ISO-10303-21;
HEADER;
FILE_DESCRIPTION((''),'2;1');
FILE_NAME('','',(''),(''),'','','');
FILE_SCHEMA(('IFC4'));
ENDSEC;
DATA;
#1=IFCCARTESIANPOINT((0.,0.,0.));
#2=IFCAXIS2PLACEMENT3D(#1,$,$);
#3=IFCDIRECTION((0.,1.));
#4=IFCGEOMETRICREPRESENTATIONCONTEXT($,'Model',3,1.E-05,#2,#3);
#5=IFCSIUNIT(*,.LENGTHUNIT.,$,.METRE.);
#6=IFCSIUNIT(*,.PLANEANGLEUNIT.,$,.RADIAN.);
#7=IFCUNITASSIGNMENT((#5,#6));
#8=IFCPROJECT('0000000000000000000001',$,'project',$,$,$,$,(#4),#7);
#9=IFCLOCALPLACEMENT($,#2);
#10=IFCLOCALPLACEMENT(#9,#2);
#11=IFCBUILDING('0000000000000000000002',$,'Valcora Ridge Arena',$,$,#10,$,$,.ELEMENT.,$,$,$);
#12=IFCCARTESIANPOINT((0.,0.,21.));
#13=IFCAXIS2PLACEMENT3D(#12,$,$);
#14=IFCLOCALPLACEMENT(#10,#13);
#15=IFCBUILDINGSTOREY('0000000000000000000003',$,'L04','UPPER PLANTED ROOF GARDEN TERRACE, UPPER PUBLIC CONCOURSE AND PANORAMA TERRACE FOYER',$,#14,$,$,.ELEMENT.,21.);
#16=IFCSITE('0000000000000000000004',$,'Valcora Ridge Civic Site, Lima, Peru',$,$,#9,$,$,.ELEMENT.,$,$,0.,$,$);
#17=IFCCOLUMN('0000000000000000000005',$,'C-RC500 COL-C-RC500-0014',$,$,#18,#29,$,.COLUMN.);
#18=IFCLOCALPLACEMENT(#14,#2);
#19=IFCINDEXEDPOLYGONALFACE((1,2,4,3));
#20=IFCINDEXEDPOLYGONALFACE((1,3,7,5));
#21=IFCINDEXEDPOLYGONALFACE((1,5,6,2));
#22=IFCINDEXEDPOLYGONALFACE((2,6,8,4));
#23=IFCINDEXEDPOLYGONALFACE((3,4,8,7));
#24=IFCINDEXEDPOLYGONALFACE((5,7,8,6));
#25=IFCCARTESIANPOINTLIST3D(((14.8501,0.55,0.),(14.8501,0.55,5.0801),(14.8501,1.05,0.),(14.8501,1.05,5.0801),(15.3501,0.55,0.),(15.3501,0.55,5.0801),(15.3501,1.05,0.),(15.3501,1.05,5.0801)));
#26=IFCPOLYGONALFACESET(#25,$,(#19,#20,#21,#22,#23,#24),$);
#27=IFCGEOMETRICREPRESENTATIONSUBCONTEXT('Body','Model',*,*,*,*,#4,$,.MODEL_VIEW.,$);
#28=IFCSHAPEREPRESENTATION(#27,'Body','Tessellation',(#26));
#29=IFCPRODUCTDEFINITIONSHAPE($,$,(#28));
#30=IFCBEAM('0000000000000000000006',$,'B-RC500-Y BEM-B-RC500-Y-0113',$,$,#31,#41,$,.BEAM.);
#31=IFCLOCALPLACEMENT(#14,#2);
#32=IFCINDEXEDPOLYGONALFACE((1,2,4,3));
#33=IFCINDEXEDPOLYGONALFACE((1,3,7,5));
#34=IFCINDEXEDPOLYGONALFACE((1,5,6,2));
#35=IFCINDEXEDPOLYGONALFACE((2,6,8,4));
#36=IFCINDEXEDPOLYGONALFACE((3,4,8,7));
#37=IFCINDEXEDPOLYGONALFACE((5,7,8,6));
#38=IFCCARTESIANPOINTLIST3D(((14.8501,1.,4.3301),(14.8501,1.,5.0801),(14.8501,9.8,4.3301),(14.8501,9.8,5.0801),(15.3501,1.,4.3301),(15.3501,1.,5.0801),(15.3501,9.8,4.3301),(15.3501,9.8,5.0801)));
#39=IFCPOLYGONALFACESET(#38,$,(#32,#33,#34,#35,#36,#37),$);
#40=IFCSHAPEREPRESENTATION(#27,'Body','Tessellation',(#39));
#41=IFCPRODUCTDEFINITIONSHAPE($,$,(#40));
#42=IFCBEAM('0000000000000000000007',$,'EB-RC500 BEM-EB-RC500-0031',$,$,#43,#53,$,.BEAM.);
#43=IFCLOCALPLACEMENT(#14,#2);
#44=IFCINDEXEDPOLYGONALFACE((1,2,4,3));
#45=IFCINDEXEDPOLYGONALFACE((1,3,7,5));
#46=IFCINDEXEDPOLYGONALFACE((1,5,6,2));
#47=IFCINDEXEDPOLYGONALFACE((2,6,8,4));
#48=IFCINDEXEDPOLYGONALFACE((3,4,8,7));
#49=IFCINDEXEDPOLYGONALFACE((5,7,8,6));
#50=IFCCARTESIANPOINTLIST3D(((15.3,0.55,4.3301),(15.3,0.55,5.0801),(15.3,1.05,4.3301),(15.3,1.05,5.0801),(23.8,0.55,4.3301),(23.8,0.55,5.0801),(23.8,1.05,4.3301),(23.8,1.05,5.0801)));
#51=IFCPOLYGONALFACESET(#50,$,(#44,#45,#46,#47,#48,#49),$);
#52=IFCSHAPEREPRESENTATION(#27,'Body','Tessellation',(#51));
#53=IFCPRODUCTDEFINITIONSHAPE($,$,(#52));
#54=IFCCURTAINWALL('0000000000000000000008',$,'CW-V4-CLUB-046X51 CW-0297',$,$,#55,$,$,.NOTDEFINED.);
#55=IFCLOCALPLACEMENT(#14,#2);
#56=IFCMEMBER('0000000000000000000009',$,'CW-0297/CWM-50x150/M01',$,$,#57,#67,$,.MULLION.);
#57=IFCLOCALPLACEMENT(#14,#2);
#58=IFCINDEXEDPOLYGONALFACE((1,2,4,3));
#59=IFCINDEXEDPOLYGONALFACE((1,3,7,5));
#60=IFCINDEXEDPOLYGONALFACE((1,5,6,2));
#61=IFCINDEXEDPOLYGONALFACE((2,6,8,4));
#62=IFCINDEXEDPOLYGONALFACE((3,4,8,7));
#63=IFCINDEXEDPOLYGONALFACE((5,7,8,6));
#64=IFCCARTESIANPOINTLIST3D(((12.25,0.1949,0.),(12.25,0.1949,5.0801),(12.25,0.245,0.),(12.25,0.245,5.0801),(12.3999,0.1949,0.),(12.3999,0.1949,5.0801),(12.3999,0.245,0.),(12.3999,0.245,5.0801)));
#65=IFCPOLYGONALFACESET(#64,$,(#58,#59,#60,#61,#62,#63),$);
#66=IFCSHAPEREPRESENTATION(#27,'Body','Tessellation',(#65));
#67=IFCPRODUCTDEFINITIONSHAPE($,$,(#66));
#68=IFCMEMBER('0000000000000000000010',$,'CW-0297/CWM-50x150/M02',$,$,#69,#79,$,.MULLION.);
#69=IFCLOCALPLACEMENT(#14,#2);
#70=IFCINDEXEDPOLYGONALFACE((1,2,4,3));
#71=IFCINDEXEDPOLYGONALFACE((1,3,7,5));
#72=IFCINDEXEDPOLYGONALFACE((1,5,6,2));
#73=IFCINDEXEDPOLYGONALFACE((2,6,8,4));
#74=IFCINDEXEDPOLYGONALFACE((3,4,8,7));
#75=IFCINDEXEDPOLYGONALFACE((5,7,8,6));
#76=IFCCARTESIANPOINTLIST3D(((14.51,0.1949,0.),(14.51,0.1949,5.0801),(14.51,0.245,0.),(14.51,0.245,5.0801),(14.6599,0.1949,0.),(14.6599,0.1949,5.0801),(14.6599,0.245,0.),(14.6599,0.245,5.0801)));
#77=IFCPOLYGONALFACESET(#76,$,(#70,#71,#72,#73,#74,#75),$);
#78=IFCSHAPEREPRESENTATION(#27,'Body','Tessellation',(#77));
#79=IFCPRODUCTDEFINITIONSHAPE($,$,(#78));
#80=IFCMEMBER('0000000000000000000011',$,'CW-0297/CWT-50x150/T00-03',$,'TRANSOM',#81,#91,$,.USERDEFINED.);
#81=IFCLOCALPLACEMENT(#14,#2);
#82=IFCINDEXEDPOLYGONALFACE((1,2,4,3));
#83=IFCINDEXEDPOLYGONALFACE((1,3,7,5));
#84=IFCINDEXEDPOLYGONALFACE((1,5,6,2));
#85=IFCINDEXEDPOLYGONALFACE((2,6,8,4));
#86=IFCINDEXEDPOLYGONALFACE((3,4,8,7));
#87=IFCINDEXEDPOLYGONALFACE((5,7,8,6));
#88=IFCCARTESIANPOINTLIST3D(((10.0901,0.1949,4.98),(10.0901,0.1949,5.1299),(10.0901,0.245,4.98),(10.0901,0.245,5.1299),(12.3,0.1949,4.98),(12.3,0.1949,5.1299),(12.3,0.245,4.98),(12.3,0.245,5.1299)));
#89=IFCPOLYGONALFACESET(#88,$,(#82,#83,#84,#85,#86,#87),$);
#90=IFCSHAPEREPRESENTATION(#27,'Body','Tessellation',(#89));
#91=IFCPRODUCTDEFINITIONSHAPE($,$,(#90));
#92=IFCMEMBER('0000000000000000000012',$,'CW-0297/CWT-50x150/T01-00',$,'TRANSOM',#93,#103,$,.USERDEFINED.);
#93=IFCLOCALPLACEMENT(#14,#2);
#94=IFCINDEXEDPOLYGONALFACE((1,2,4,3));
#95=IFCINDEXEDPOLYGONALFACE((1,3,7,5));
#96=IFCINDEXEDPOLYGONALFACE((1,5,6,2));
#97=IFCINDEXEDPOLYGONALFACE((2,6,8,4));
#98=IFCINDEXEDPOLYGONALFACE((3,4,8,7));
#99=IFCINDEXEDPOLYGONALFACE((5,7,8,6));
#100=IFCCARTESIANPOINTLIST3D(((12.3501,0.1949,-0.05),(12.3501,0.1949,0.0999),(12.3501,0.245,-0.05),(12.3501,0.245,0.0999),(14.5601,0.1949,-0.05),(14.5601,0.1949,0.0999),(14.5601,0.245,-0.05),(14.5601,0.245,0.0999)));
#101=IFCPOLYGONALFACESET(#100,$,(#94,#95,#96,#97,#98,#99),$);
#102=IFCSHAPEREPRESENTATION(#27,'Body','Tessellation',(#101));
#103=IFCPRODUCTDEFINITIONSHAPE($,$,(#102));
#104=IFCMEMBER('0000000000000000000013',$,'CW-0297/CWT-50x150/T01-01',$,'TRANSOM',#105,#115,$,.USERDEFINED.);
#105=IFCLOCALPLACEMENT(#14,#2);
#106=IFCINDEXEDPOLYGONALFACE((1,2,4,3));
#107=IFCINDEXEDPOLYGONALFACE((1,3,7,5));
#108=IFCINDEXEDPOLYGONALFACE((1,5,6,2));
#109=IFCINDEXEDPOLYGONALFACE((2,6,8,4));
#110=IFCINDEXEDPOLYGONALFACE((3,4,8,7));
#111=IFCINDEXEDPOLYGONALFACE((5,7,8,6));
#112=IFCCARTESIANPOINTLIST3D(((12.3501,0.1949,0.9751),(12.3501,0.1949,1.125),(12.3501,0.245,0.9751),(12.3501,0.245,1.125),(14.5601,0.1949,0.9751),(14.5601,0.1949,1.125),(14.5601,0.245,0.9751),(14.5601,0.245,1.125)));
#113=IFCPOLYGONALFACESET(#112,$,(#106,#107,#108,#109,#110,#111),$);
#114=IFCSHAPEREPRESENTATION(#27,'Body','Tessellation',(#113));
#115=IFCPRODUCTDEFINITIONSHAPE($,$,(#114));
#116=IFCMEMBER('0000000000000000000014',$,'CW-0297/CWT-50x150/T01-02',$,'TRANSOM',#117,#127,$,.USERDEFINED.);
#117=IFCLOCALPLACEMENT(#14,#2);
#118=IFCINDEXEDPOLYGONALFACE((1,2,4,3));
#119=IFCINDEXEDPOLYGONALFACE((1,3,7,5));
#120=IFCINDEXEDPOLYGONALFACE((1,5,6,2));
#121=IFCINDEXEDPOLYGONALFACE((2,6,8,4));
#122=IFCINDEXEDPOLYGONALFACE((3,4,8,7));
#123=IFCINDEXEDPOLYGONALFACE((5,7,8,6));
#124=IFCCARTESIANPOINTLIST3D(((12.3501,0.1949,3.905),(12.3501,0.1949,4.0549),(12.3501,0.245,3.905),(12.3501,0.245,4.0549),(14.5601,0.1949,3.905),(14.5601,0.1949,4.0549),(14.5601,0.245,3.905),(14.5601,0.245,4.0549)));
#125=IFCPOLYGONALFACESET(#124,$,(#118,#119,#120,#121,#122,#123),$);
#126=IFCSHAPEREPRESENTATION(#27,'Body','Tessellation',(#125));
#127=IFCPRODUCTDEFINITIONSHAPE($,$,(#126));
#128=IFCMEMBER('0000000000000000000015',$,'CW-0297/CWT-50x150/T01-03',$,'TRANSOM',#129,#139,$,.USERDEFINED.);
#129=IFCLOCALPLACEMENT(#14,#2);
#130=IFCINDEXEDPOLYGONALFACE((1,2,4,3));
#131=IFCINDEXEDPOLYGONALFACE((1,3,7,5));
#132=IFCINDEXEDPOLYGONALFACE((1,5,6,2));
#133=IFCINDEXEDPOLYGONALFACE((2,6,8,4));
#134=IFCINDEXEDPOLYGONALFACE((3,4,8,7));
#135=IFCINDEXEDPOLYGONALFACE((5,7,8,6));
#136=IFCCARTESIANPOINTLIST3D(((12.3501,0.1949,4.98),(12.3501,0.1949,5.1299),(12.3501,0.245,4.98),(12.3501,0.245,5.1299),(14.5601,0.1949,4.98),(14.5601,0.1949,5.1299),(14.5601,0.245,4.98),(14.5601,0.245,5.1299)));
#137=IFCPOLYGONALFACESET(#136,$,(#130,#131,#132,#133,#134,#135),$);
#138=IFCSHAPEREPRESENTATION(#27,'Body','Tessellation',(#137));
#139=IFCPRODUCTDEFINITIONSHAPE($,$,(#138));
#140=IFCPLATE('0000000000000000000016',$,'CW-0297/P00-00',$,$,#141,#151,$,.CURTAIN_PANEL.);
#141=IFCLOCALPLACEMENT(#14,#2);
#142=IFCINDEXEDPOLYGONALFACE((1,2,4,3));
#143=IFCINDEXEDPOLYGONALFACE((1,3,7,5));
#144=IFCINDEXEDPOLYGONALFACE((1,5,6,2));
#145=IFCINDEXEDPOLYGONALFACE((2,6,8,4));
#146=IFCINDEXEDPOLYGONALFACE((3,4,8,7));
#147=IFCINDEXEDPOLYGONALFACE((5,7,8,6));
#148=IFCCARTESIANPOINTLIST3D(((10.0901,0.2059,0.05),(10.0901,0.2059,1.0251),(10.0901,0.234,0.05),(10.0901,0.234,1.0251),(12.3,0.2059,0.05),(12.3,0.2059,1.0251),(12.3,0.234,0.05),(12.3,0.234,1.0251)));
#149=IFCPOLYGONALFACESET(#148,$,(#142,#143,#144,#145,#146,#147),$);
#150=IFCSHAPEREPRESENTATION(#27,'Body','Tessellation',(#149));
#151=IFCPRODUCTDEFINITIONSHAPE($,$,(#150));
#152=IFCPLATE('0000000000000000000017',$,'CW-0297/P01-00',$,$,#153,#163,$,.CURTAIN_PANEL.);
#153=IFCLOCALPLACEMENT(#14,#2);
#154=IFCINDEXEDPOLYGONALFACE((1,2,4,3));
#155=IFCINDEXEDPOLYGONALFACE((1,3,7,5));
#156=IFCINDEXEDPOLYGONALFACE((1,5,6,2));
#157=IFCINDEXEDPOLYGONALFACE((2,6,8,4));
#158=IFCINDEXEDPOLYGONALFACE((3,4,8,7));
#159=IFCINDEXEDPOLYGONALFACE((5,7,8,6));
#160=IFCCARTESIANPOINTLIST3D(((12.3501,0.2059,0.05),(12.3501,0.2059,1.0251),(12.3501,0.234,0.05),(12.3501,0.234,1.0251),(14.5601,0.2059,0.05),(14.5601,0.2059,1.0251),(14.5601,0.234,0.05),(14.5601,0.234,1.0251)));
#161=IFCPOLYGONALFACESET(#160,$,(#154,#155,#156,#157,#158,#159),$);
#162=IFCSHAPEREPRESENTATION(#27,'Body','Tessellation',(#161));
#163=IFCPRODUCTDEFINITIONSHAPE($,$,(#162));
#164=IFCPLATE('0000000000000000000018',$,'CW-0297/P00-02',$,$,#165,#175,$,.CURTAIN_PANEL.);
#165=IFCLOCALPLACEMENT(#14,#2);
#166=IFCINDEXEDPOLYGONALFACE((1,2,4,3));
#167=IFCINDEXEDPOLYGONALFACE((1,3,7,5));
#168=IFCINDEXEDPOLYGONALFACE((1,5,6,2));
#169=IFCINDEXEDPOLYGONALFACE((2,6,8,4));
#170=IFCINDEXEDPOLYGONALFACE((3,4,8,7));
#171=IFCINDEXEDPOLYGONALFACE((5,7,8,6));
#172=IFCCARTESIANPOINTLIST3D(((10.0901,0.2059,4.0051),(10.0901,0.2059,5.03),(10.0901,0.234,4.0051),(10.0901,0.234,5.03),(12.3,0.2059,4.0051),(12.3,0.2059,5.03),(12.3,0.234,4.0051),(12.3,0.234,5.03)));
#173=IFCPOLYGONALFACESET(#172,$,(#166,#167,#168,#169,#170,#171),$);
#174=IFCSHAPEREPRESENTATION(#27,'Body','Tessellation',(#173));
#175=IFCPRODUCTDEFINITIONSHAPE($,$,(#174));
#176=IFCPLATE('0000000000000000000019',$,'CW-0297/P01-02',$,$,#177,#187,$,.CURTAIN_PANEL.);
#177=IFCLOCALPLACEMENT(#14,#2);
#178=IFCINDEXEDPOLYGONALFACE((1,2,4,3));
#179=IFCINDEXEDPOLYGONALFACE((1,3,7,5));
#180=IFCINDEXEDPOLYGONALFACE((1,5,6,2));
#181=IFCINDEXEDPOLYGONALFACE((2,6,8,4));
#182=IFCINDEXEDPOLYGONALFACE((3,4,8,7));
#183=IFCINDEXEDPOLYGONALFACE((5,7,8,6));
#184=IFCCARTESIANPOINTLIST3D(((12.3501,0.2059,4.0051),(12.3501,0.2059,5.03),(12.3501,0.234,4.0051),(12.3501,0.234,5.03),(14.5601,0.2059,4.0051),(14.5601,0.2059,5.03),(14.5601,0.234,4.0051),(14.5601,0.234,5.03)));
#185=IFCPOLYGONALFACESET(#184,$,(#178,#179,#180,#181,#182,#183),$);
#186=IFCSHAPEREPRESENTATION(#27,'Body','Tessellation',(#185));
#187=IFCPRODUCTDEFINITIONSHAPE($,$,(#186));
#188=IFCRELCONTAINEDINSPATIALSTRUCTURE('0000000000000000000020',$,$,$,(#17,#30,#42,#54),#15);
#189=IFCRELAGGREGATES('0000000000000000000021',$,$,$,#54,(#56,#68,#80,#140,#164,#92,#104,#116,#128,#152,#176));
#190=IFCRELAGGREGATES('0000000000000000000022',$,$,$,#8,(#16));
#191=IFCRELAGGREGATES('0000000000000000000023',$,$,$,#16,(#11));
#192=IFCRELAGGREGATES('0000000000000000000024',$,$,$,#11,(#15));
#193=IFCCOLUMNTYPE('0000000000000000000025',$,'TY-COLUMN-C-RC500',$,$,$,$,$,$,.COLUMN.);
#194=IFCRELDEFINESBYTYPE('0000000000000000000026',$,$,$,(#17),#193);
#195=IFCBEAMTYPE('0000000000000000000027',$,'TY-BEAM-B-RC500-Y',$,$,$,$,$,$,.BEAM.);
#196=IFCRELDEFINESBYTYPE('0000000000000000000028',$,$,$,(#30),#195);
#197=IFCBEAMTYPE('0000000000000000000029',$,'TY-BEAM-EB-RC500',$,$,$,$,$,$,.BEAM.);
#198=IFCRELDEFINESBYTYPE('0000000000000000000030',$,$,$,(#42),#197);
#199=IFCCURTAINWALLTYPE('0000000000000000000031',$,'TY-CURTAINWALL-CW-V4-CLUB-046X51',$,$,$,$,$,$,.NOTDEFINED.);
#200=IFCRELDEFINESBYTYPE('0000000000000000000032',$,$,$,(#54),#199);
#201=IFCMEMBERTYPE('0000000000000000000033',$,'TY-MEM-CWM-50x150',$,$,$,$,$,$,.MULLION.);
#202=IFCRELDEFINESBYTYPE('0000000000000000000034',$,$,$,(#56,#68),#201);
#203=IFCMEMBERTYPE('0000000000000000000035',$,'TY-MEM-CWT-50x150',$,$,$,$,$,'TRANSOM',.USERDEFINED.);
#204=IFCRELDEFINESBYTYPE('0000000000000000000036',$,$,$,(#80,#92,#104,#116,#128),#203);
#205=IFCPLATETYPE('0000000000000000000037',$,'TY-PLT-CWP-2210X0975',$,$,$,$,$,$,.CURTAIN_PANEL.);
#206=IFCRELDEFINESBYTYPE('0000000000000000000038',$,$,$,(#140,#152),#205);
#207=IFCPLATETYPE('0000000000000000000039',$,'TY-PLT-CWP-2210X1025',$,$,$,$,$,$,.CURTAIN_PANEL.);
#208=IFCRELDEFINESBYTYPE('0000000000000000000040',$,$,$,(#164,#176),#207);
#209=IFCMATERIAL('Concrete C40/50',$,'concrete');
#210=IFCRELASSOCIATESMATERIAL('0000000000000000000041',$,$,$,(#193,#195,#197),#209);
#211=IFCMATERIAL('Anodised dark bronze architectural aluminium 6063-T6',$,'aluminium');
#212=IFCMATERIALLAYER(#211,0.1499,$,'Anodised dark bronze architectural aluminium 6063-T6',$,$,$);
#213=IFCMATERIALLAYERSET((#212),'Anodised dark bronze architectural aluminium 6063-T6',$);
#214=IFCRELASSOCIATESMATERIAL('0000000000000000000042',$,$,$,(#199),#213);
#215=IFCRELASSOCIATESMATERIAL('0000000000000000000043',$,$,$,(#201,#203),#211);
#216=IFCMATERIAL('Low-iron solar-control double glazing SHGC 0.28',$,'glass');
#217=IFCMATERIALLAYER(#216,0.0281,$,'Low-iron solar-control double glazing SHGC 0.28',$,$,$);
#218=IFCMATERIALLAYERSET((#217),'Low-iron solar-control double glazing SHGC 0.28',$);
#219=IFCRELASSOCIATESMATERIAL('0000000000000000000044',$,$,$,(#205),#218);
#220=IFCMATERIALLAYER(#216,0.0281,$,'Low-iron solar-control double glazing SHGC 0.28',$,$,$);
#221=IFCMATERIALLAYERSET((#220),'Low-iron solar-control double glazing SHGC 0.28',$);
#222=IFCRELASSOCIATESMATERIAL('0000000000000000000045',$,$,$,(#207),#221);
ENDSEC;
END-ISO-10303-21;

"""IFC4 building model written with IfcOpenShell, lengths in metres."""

from ifc_helpers import new_model, si_unit, direction, frame, origin, origin_2d, place, context, subcontext, project, spatial, rectangle, extrude, material, layer, layer_set, material_profile, profile_set, type_object, element, aggregate, save


model = new_model("IFC4")

# Units and contexts
model_context = context("Model", 3, precision=1e-05, world=origin(), true_north=direction((0.0, 1.0)))
body_context = subcontext(model_context, "Body", "Model", "MODEL_VIEW")
ifc_project = project(units=[si_unit("LENGTHUNIT", "METRE"), si_unit("PLANEANGLEUNIT", "RADIAN")], contexts=[model_context])

# Site, building, storey
site_placement = place(None, origin())
site = spatial("IfcSite", under=ifc_project, at=site_placement, Name="Valcora Ridge Civic Site, Lima, Peru", CompositionType="ELEMENT", RefElevation=0.0)
building_placement = place(site_placement, origin())
building = spatial("IfcBuilding", under=site, at=building_placement, Name="Valcora Ridge Arena", CompositionType="ELEMENT")
storey_placement = place(building_placement, frame((0.0, 0.0, 21.0)))
storey = spatial("IfcBuildingStorey", under=building, at=storey_placement, Name="L04", Description="UPPER PLANTED ROOF GARDEN TERRACE, UPPER PUBLIC CONCOURSE AND PANORAMA TERRACE FOYER", CompositionType="ELEMENT", Elevation=21.0)

# Column
ifc_material_1 = material(Name="Concrete C40/50", Category="concrete")
ifc_material_profile_1 = material_profile(ifc_material_1, rectangle(XDim=0.5, YDim=0.5, at=origin_2d()), Name="RC 500x500")
ifc_profile_set_1 = profile_set([ifc_material_profile_1], Name="Concrete C40/50")
column_type = type_object("IfcColumnType", Name="TY-COLUMN-C-RC500", PredefinedType="COLUMN", material=ifc_profile_set_1)
column_placement = place(storey_placement, frame((15.1001, 0.8, 0.0), z_axis=(0.0, 0.0, 1.0), x_axis=(1.0, 0.0, 0.0)))
element("IfcColumn", 1, at=column_placement, inside=storey, type_object=column_type, Name="C-RC500 COL-C-RC500-0014", PredefinedType="COLUMN", context=body_context, shape_type="SweptSolid", body=[
    extrude(rectangle(XDim=0.5, YDim=0.5, at=origin_2d()), origin(), (0.0, 0.0, 1.0), 5.0801),
])

# Beams
ifc_material_profile_2 = material_profile(ifc_material_1, rectangle(XDim=0.5, YDim=0.75, at=origin_2d()), Name="RC 500x750")
ifc_profile_set_2 = profile_set([ifc_material_profile_2], Name="Concrete C40/50")
beam_type_1 = type_object("IfcBeamType", Name="TY-BEAM-B-RC500-Y", PredefinedType="BEAM", material=ifc_profile_set_2)
beam_1_placement = place(storey_placement, frame((15.1001, 1.0, 4.7051), z_axis=(0.0, 1.0, 0.0), x_axis=(-1.0, 0.0, 0.0)))
element("IfcBeam", 2, at=beam_1_placement, inside=storey, type_object=beam_type_1, Name="B-RC500-Y BEM-B-RC500-Y-0113", PredefinedType="BEAM", context=body_context, shape_type="SweptSolid", body=[
    extrude(rectangle(XDim=0.5, YDim=0.75, at=origin_2d()), origin(), (0.0, 0.0, 1.0), 8.8),
])
ifc_material_profile_3 = material_profile(ifc_material_1, rectangle(XDim=0.5, YDim=0.75, at=origin_2d()), Name="RC 500x750")
ifc_profile_set_3 = profile_set([ifc_material_profile_3], Name="Concrete C40/50")
beam_type_2 = type_object("IfcBeamType", Name="TY-BEAM-EB-RC500", PredefinedType="BEAM", material=ifc_profile_set_3)
beam_2_placement = place(storey_placement, frame((15.3, 0.8, 4.7051), z_axis=(1.0, 0.0, 0.0), x_axis=(0.0, 1.0, 0.0)))
element("IfcBeam", 3, at=beam_2_placement, inside=storey, type_object=beam_type_2, Name="EB-RC500 BEM-EB-RC500-0031", PredefinedType="BEAM", context=body_context, shape_type="SweptSolid", body=[
    extrude(rectangle(XDim=0.5, YDim=0.75, at=origin_2d()), origin(), (0.0, 0.0, 1.0), 8.5),
])

# Curtain wall, members, plates
ifc_material_2 = material(Name="Anodised dark bronze architectural aluminium 6063-T6", Category="aluminium")
ifc_layer_1 = layer(ifc_material_2, 0.1499, Name="Anodised dark bronze architectural aluminium 6063-T6")
ifc_layer_set_1 = layer_set([ifc_layer_1], Name="Anodised dark bronze architectural aluminium 6063-T6")
curtain_wall_type = type_object("IfcCurtainWallType", Name="TY-CURTAINWALL-CW-V4-CLUB-046X51", PredefinedType="NOTDEFINED", material=ifc_layer_set_1)
curtain_wall_placement = place(storey_placement, origin())
curtain_wall = element("IfcCurtainWall", 4, at=curtain_wall_placement, inside=storey, type_object=curtain_wall_type, Name="CW-V4-CLUB-046X51 CW-0297", PredefinedType="NOTDEFINED")
ifc_material_profile_4 = material_profile(ifc_material_2, rectangle(XDim=0.05, YDim=0.1499, at=origin_2d()), Name="ALU MULLION 50x150")
ifc_profile_set_4 = profile_set([ifc_material_profile_4], Name="Anodised dark bronze architectural aluminium 6063-T6")
member_type_1 = type_object("IfcMemberType", Name="TY-MEM-CWM-50x150", PredefinedType="MULLION", material=ifc_profile_set_4)
member_1_placement = place(storey_placement, frame((12.325, 0.22, 0.0), z_axis=(0.0, 0.0, 1.0), x_axis=(0.0, 1.0, 0.0)))
member_1 = element("IfcMember", 5, at=member_1_placement, type_object=member_type_1, Name="CW-0297/CWM-50x150/M01", PredefinedType="MULLION", context=body_context, shape_type="SweptSolid", body=[
    extrude(rectangle(XDim=0.05, YDim=0.1499, at=origin_2d()), origin(), (0.0, 0.0, 1.0), 5.0801),
])
member_2_placement = place(storey_placement, frame((14.585, 0.22, 0.0), z_axis=(0.0, 0.0, 1.0), x_axis=(0.0, 1.0, 0.0)))
member_2 = element("IfcMember", 6, at=member_2_placement, type_object=member_type_1, Name="CW-0297/CWM-50x150/M02", PredefinedType="MULLION", context=body_context, shape_type="SweptSolid", body=[
    extrude(rectangle(XDim=0.05, YDim=0.1499, at=origin_2d()), origin(), (0.0, 0.0, 1.0), 5.0801),
])
ifc_material_profile_5 = material_profile(ifc_material_2, rectangle(XDim=0.05, YDim=0.1499, at=origin_2d()), Name="ALU TRANSOM 50x150")
ifc_profile_set_5 = profile_set([ifc_material_profile_5], Name="Anodised dark bronze architectural aluminium 6063-T6")
member_type_2 = type_object("IfcMemberType", Name="TY-MEM-CWT-50x150", ElementType="TRANSOM", PredefinedType="USERDEFINED", material=ifc_profile_set_5)
member_3_placement = place(storey_placement, frame((10.0901, 0.22, 5.0549), z_axis=(1.0, 0.0, 0.0), x_axis=(0.0, 1.0, 0.0)))
member_3 = element("IfcMember", 7, at=member_3_placement, type_object=member_type_2, Name="CW-0297/CWT-50x150/T00-03", ObjectType="TRANSOM", PredefinedType="USERDEFINED", context=body_context, shape_type="SweptSolid", body=[
    extrude(rectangle(XDim=0.05, YDim=0.1499, at=origin_2d()), origin(), (0.0, 0.0, 1.0), 2.21),
])
member_4_placement = place(storey_placement, frame((12.3501, 0.22, 0.0249), z_axis=(1.0, 0.0, 0.0), x_axis=(0.0, 1.0, 0.0)))
member_4 = element("IfcMember", 8, at=member_4_placement, type_object=member_type_2, Name="CW-0297/CWT-50x150/T01-00", ObjectType="TRANSOM", PredefinedType="USERDEFINED", context=body_context, shape_type="SweptSolid", body=[
    extrude(rectangle(XDim=0.05, YDim=0.1499, at=origin_2d()), origin(), (0.0, 0.0, 1.0), 2.21),
])
member_5_placement = place(storey_placement, frame((12.3501, 0.22, 1.05), z_axis=(1.0, 0.0, 0.0), x_axis=(0.0, 1.0, 0.0)))
member_5 = element("IfcMember", 9, at=member_5_placement, type_object=member_type_2, Name="CW-0297/CWT-50x150/T01-01", ObjectType="TRANSOM", PredefinedType="USERDEFINED", context=body_context, shape_type="SweptSolid", body=[
    extrude(rectangle(XDim=0.05, YDim=0.1499, at=origin_2d()), origin(), (0.0, 0.0, 1.0), 2.21),
])
member_6_placement = place(storey_placement, frame((12.3501, 0.22, 3.98), z_axis=(1.0, 0.0, 0.0), x_axis=(0.0, 1.0, 0.0)))
member_6 = element("IfcMember", 10, at=member_6_placement, type_object=member_type_2, Name="CW-0297/CWT-50x150/T01-02", ObjectType="TRANSOM", PredefinedType="USERDEFINED", context=body_context, shape_type="SweptSolid", body=[
    extrude(rectangle(XDim=0.05, YDim=0.1499, at=origin_2d()), origin(), (0.0, 0.0, 1.0), 2.21),
])
member_7_placement = place(storey_placement, frame((12.3501, 0.22, 5.0549), z_axis=(1.0, 0.0, 0.0), x_axis=(0.0, 1.0, 0.0)))
member_7 = element("IfcMember", 11, at=member_7_placement, type_object=member_type_2, Name="CW-0297/CWT-50x150/T01-03", ObjectType="TRANSOM", PredefinedType="USERDEFINED", context=body_context, shape_type="SweptSolid", body=[
    extrude(rectangle(XDim=0.05, YDim=0.1499, at=origin_2d()), origin(), (0.0, 0.0, 1.0), 2.21),
])
ifc_material_3 = material(Name="Low-iron solar-control double glazing SHGC 0.28", Category="glass")
ifc_layer_2 = layer(ifc_material_3, 0.0281, Name="Low-iron solar-control double glazing SHGC 0.28")
ifc_layer_set_2 = layer_set([ifc_layer_2], Name="Low-iron solar-control double glazing SHGC 0.28")
plate_type_1 = type_object("IfcPlateType", Name="TY-PLT-CWP-2210X0975", PredefinedType="CURTAIN_PANEL", material=ifc_layer_set_2)
plate_1_placement = place(storey_placement, frame((11.1951, 0.22, 0.05), z_axis=(0.0, 0.0, 1.0), x_axis=(1.0, 0.0, 0.0)))
plate_1 = element("IfcPlate", 12, at=plate_1_placement, type_object=plate_type_1, Name="CW-0297/P00-00", PredefinedType="CURTAIN_PANEL", context=body_context, shape_type="SweptSolid", body=[
    extrude(rectangle(XDim=2.21, YDim=0.0281, at=origin_2d()), origin(), (0.0, 0.0, 1.0), 0.9751),
])
plate_2_placement = place(storey_placement, frame((13.4551, 0.22, 0.05), z_axis=(0.0, 0.0, 1.0), x_axis=(1.0, 0.0, 0.0)))
plate_2 = element("IfcPlate", 13, at=plate_2_placement, type_object=plate_type_1, Name="CW-0297/P01-00", PredefinedType="CURTAIN_PANEL", context=body_context, shape_type="SweptSolid", body=[
    extrude(rectangle(XDim=2.21, YDim=0.0281, at=origin_2d()), origin(), (0.0, 0.0, 1.0), 0.9751),
])
ifc_layer_3 = layer(ifc_material_3, 0.0281, Name="Low-iron solar-control double glazing SHGC 0.28")
ifc_layer_set_3 = layer_set([ifc_layer_3], Name="Low-iron solar-control double glazing SHGC 0.28")
plate_type_2 = type_object("IfcPlateType", Name="TY-PLT-CWP-2210X1025", PredefinedType="CURTAIN_PANEL", material=ifc_layer_set_3)
plate_3_placement = place(storey_placement, frame((11.1951, 0.22, 4.0051), z_axis=(0.0, 0.0, 1.0), x_axis=(1.0, 0.0, 0.0)))
plate_3 = element("IfcPlate", 14, at=plate_3_placement, type_object=plate_type_2, Name="CW-0297/P00-02", PredefinedType="CURTAIN_PANEL", context=body_context, shape_type="SweptSolid", body=[
    extrude(rectangle(XDim=2.21, YDim=0.0281, at=origin_2d()), origin(), (0.0, 0.0, 1.0), 1.0249),
])
plate_4_placement = place(storey_placement, frame((13.4551, 0.22, 4.0051), z_axis=(0.0, 0.0, 1.0), x_axis=(1.0, 0.0, 0.0)))
plate_4 = element("IfcPlate", 15, at=plate_4_placement, type_object=plate_type_2, Name="CW-0297/P01-02", PredefinedType="CURTAIN_PANEL", context=body_context, shape_type="SweptSolid", body=[
    extrude(rectangle(XDim=2.21, YDim=0.0281, at=origin_2d()), origin(), (0.0, 0.0, 1.0), 1.0249),
])
aggregate(curtain_wall, [member_1, member_2, member_3, plate_1, plate_3, member_4, member_5, member_6, member_7, plate_2, plate_4])

save(model, "model.ifc")
